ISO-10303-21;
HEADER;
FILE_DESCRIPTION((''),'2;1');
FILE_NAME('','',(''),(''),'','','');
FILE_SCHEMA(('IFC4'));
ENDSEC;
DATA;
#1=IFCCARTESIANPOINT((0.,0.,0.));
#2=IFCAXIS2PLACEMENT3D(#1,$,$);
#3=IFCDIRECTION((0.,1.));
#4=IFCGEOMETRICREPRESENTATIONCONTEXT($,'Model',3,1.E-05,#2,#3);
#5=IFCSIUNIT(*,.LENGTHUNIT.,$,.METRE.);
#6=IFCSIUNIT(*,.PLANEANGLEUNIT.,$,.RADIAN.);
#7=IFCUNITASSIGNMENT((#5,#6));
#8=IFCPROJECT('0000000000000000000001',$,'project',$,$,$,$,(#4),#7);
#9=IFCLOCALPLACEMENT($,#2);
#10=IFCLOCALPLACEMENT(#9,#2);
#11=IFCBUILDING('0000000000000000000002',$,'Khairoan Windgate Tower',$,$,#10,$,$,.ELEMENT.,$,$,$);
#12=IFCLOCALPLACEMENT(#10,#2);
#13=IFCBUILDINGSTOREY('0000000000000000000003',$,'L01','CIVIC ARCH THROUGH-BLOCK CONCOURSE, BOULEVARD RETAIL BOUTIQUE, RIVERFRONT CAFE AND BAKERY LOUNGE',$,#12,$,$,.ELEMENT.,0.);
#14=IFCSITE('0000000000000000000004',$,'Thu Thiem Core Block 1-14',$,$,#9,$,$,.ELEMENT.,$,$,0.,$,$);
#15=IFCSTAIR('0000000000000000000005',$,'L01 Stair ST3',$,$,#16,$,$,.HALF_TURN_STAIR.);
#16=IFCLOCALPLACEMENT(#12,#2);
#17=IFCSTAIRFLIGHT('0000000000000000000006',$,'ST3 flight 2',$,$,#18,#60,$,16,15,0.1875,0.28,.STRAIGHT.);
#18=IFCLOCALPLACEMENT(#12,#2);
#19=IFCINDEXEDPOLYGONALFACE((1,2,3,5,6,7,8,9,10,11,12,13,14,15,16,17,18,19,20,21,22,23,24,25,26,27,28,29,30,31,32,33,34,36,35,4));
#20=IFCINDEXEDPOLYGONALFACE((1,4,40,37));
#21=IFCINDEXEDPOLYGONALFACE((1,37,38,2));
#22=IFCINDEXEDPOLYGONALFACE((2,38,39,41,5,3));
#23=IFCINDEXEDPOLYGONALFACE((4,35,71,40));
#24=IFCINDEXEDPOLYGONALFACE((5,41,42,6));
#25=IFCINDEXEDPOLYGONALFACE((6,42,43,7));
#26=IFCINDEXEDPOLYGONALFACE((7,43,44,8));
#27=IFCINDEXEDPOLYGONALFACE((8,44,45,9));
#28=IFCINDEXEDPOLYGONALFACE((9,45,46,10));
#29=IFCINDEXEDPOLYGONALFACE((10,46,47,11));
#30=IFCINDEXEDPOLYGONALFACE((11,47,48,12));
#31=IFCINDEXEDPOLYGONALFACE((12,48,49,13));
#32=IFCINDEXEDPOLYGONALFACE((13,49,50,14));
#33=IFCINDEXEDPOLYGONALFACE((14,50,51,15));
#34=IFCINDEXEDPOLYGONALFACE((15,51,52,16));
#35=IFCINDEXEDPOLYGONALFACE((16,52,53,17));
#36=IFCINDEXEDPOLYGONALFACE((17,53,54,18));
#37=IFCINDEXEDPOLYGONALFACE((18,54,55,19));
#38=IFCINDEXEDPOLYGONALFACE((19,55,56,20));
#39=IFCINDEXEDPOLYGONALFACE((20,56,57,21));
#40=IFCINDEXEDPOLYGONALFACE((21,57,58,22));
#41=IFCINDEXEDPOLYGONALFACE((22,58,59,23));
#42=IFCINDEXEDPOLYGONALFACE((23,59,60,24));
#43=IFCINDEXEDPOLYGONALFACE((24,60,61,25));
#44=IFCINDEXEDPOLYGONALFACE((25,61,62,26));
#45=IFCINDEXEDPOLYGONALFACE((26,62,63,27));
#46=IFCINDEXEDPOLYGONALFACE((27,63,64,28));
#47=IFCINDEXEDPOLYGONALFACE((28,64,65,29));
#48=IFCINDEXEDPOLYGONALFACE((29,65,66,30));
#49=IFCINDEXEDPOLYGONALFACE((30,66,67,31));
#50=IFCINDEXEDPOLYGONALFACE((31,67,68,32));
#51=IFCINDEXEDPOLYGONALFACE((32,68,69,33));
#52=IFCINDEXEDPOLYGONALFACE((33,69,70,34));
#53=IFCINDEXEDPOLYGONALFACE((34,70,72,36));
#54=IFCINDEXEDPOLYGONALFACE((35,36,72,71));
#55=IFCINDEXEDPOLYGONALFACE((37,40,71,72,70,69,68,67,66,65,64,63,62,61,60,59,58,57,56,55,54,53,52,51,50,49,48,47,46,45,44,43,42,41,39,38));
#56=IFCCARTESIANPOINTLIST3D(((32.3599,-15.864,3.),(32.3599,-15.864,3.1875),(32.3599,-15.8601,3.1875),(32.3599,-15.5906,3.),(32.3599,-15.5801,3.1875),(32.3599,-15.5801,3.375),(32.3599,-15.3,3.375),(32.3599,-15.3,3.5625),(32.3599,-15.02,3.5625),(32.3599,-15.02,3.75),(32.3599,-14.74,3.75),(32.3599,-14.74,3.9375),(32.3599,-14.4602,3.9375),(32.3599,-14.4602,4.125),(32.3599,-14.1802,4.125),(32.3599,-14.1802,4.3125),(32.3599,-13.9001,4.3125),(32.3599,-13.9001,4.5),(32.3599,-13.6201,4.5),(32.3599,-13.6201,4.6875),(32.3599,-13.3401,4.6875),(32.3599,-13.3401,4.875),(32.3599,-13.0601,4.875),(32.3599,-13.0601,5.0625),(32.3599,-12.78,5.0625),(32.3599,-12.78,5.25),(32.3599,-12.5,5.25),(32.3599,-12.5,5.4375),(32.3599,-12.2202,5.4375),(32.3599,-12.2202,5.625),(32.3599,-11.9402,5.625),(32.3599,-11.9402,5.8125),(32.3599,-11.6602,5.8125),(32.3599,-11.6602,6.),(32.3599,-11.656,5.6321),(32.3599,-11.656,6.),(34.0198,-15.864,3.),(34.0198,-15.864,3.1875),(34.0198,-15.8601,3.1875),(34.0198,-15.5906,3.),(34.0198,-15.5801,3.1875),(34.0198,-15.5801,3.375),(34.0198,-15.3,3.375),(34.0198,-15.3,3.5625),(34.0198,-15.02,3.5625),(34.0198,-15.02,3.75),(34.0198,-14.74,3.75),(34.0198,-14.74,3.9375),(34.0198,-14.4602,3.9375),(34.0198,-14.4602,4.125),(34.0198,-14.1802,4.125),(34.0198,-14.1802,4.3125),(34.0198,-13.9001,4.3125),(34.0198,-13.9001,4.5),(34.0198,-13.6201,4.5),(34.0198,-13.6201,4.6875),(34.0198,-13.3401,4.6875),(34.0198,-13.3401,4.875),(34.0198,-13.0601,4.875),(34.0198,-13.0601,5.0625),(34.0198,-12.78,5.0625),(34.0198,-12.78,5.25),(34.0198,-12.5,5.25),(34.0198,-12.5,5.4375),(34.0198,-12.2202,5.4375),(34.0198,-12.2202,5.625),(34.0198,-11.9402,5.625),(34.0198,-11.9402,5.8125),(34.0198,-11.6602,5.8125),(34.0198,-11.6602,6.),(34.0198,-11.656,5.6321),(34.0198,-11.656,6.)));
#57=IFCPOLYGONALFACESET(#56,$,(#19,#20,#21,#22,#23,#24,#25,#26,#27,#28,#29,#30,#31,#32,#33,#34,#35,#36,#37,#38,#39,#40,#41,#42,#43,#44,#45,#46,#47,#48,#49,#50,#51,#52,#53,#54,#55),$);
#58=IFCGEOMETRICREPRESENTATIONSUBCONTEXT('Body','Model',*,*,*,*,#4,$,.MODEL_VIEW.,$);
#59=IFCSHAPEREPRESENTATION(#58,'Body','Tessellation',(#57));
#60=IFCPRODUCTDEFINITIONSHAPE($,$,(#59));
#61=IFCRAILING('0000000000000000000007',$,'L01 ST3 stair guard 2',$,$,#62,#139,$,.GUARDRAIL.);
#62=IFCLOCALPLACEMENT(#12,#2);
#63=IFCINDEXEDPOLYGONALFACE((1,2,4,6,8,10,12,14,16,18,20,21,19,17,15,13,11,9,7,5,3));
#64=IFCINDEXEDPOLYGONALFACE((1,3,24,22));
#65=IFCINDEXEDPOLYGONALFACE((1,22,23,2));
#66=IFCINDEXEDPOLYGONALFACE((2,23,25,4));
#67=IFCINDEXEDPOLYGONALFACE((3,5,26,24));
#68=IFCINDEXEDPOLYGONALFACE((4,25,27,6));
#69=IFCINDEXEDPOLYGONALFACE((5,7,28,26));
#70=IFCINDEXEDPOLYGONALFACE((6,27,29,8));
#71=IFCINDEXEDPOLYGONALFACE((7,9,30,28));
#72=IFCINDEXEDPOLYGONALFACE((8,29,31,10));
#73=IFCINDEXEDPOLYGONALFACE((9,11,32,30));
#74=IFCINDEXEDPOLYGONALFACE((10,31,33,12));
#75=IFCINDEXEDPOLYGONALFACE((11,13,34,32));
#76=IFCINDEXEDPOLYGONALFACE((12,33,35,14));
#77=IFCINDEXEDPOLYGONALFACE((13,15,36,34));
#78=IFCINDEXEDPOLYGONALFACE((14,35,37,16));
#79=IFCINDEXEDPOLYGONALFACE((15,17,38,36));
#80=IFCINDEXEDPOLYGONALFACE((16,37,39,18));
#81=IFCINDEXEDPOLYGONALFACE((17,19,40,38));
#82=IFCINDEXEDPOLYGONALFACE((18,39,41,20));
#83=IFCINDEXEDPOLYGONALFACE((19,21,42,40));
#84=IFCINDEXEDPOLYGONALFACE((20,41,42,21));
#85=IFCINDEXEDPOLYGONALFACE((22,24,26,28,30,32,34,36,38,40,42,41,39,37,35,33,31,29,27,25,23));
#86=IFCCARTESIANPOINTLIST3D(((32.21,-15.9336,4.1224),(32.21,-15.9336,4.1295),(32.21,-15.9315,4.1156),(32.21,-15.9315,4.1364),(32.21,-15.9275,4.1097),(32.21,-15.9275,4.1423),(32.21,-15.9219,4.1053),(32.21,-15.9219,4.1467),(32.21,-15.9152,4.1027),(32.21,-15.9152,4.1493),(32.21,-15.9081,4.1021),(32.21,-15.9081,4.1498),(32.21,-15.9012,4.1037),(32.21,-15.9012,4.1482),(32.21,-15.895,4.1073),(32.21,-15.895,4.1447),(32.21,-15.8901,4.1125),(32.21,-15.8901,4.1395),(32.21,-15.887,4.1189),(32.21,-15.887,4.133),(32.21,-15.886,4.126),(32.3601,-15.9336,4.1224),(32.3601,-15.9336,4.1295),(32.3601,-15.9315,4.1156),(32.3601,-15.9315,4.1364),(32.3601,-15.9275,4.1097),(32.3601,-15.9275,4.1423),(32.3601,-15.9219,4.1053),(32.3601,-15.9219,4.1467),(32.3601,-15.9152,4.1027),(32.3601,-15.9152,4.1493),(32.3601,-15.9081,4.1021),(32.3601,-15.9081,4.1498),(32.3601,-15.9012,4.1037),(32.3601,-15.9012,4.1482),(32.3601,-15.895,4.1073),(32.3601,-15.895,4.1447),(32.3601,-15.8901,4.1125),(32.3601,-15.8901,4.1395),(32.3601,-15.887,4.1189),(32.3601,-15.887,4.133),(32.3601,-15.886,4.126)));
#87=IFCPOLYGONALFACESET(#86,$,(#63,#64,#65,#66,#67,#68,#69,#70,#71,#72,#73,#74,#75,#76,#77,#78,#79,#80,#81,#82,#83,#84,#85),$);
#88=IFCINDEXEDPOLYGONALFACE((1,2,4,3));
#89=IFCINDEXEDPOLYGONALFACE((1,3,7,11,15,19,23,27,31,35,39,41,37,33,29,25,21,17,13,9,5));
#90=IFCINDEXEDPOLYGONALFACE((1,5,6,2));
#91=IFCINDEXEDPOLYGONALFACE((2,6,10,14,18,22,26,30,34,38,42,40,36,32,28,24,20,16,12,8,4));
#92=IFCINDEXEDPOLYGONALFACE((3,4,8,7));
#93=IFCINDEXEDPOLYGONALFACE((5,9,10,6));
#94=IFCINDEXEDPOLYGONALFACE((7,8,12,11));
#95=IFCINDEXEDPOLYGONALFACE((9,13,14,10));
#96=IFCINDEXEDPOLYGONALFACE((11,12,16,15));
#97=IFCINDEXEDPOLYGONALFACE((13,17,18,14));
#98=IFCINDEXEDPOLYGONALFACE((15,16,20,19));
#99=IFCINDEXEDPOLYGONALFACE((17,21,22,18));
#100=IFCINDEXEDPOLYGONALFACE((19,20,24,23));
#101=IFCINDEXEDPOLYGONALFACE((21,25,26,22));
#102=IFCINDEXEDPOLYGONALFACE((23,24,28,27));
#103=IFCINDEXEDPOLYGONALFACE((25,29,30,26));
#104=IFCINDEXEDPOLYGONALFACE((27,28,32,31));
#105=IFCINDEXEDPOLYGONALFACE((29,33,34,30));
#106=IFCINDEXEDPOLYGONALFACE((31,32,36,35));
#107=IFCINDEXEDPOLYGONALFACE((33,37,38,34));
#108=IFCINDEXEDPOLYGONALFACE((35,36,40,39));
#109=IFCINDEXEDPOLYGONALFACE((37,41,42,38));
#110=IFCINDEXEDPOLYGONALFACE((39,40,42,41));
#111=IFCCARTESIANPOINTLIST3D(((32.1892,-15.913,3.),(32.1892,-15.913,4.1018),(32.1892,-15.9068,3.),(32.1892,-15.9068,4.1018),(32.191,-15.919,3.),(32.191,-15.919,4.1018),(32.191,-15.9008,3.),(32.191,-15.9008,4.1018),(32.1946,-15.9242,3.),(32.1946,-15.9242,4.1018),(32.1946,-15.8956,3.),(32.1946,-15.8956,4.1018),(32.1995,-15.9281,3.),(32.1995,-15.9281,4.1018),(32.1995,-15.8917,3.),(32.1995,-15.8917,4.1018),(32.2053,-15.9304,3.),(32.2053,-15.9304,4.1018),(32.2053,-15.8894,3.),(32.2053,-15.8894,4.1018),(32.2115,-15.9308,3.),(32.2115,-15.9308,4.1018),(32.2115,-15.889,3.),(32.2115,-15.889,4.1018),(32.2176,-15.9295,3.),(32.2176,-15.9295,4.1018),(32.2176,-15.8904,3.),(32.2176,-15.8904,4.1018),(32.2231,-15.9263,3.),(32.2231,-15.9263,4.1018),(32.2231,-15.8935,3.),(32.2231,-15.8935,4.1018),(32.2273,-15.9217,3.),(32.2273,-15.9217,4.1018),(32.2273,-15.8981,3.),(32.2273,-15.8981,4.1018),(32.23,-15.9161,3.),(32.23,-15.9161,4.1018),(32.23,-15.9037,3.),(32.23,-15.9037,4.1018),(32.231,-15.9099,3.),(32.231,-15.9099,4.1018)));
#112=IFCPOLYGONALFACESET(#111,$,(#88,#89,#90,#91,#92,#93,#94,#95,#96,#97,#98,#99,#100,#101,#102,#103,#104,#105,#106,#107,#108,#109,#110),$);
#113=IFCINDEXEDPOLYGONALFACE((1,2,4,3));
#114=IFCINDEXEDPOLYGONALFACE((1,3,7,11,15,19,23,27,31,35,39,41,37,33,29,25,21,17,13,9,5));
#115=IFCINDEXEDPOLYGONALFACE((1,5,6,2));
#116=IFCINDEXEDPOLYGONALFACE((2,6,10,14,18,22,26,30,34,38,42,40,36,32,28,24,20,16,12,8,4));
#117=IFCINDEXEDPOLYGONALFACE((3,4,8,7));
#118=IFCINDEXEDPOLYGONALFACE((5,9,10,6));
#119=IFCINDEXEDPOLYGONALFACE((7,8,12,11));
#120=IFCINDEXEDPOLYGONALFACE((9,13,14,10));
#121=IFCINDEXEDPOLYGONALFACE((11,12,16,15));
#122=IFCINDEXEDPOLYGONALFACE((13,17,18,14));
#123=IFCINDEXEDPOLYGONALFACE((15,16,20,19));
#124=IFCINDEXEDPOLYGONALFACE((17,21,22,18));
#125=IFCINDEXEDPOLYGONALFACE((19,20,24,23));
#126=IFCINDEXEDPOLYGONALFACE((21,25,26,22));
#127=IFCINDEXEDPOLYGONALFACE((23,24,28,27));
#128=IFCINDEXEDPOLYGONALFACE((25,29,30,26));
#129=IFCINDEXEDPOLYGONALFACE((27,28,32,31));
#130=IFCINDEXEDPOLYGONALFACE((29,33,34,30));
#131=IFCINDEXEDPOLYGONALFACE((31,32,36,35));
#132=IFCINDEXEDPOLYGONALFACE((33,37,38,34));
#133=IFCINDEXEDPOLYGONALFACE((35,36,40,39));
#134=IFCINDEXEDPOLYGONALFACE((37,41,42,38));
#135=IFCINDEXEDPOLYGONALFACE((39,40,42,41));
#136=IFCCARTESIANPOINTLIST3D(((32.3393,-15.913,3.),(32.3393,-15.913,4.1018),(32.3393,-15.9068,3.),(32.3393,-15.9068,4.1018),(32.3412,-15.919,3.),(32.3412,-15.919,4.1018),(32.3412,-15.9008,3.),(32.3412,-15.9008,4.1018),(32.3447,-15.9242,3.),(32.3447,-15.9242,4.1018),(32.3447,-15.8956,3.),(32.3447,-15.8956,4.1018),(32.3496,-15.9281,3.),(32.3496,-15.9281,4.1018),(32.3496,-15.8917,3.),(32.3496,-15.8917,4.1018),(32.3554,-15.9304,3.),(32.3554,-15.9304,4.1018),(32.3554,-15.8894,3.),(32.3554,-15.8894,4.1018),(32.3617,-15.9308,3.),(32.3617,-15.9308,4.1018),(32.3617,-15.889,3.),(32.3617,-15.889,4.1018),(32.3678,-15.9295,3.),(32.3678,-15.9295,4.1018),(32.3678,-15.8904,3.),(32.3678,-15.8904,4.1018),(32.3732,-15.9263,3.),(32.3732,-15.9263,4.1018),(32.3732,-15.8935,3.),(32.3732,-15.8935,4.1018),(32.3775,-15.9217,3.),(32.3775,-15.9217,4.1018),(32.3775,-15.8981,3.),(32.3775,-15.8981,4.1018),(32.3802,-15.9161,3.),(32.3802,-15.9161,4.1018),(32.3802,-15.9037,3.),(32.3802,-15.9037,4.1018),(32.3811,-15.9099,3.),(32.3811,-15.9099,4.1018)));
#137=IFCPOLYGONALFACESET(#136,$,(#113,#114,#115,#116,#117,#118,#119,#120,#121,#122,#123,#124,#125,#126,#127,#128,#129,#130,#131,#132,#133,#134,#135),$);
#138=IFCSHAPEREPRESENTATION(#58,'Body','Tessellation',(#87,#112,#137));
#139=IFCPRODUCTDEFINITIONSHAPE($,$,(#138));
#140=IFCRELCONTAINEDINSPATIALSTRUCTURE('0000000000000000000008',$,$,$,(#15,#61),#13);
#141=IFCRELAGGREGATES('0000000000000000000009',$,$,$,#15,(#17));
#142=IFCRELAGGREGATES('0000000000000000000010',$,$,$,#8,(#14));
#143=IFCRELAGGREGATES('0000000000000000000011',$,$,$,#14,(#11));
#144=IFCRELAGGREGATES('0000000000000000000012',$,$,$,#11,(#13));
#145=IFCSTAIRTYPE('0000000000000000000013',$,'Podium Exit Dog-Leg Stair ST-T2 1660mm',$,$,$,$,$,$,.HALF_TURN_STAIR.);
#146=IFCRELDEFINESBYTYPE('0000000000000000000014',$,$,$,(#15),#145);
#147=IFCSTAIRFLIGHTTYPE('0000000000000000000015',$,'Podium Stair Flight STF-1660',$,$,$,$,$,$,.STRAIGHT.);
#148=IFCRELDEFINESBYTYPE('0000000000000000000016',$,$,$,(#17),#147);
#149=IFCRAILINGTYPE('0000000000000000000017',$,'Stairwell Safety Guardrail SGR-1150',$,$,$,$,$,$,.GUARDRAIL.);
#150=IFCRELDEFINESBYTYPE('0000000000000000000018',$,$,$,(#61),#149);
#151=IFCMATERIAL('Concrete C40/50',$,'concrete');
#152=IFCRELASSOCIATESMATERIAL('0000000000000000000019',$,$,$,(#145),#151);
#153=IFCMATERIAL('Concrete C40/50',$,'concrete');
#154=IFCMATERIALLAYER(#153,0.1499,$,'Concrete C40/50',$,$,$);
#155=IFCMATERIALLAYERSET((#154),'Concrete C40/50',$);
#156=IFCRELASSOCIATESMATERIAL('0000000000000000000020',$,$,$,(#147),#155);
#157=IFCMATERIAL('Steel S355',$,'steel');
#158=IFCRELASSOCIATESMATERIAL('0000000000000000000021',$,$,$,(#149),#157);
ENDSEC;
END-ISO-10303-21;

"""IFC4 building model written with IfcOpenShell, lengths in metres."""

from ifc_helpers import new_model, si_unit, direction, frame, origin, origin_2d, place, context, subcontext, project, spatial, polyline, circle, outline, extrude, material, layer, layer_set, type_object, element, aggregate, save


model = new_model("IFC4")

# Units and contexts
model_context = context("Model", 3, precision=1e-05, world=origin(), true_north=direction((0.0, 1.0)))
body_context = subcontext(model_context, "Body", "Model", "MODEL_VIEW")
ifc_project = project(units=[si_unit("LENGTHUNIT", "METRE"), si_unit("PLANEANGLEUNIT", "RADIAN")], contexts=[model_context])

# Site, building, storey
site_placement = place(None, origin())
site = spatial("IfcSite", under=ifc_project, at=site_placement, Name="Thu Thiem Core Block 1-14", CompositionType="ELEMENT", RefElevation=0.0)
building_placement = place(site_placement, origin())
building = spatial("IfcBuilding", under=site, at=building_placement, Name="Khairoan Windgate Tower", CompositionType="ELEMENT")
storey_placement = place(building_placement, origin())
storey = spatial("IfcBuildingStorey", under=building, at=storey_placement, Name="L01", Description="CIVIC ARCH THROUGH-BLOCK CONCOURSE, BOULEVARD RETAIL BOUTIQUE, RIVERFRONT CAFE AND BAKERY LOUNGE", CompositionType="ELEMENT", Elevation=0.0)

# Stair, stair flight
ifc_material_1 = material(Name="Concrete C40/50", Category="concrete")
stair_type = type_object("IfcStairType", Name="Podium Exit Dog-Leg Stair ST-T2 1660mm", PredefinedType="HALF_TURN_STAIR", material=ifc_material_1)
stair_placement = place(storey_placement, origin())
stair = element("IfcStair", 1, at=stair_placement, inside=storey, type_object=stair_type, Name="L01 Stair ST3", PredefinedType="HALF_TURN_STAIR")
ifc_material_2 = material(Name="Concrete C40/50", Category="concrete")
ifc_layer_1 = layer(ifc_material_2, 0.1499, Name="Concrete C40/50")
ifc_layer_set_1 = layer_set([ifc_layer_1], Name="Concrete C40/50")
stair_flight_type = type_object("IfcStairFlightType", Name="Podium Stair Flight STF-1660", PredefinedType="STRAIGHT", material=ifc_layer_set_1)
stair_flight_placement = place(storey_placement, frame((33.1899, -15.8601, 3.0), z_axis=(0.0, 0.0, 1.0), x_axis=(0.0, 1.0, 0.0)))
stair_flight = element("IfcStairFlight", 2, at=stair_flight_placement, type_object=stair_flight_type, Name="ST3 flight 2", NumberOfRisers=16, NumberOfTreads=15, PredefinedType="STRAIGHT", RiserHeight=0.1875, TreadLength=0.28, context=body_context, shape_type="SweptSolid", body=[
    extrude(outline(polyline([(-0.0039, 0.0), (-0.0039, 0.1875), (0.0, 0.1875), (0.28, 0.1875), (0.28, 0.375), (0.5601, 0.375), (0.5601, 0.5625), (0.8401, 0.5625), (0.8401, 0.75), (1.1201, 0.75), (1.1201, 0.9375), (1.3999, 0.9375), (1.3999, 1.125), (1.6799, 1.125), (1.6799, 1.3125), (1.96, 1.3125), (1.96, 1.5), (2.24, 1.5), (2.24, 1.6875), (2.52, 1.6875), (2.52, 1.875), (2.8, 1.875), (2.8, 2.0625), (3.0801, 2.0625), (3.0801, 2.25), (3.3601, 2.25), (3.3601, 2.4375), (3.6399, 2.4375), (3.6399, 2.625), (3.9199, 2.625), (3.9199, 2.8125), (4.2, 2.8125), (4.2, 3.0), (4.2041, 3.0), (4.2041, 2.6321), (0.2695, 0.0), (-0.0039, 0.0)])), frame((0.0, 0.8301, 0.0), z_axis=(0.0, -1.0, 0.0), x_axis=(1.0, 0.0, 0.0)), (0.0, 0.0, 1.0), 1.6599),
])
aggregate(stair, [stair_flight])

# Railing
ifc_material_3 = material(Name="Steel S355", Category="steel")
railing_type = type_object("IfcRailingType", Name="Stairwell Safety Guardrail SGR-1150", PredefinedType="GUARDRAIL", material=ifc_material_3)
railing_1_placement = place(storey_placement, frame((32.21, -15.9099, 3.0)))
element("IfcRailing", 3, at=railing_1_placement, inside=storey, type_object=railing_type, Name="L01 ST3 stair guard 2", PredefinedType="GUARDRAIL", context=body_context, shape_type="SweptSolid", body=[
    extrude(circle(Radius=0.0239, at=origin_2d()), frame((0.0, 0.0, 1.126), z_axis=(1.0, 0.0, 0.0), x_axis=(0.0, 1.0, 0.0)), (0.0, 0.0, 1.0), 0.1501),
    extrude(circle(Radius=0.021, at=origin_2d()), origin(), (0.0, 0.0, 1.0), 1.1018),
    extrude(circle(Radius=0.021, at=origin_2d()), frame((0.1501, 0.0, 0.0)), (0.0, 0.0, 1.0), 1.1018),
])

save(model, "model.ifc")
